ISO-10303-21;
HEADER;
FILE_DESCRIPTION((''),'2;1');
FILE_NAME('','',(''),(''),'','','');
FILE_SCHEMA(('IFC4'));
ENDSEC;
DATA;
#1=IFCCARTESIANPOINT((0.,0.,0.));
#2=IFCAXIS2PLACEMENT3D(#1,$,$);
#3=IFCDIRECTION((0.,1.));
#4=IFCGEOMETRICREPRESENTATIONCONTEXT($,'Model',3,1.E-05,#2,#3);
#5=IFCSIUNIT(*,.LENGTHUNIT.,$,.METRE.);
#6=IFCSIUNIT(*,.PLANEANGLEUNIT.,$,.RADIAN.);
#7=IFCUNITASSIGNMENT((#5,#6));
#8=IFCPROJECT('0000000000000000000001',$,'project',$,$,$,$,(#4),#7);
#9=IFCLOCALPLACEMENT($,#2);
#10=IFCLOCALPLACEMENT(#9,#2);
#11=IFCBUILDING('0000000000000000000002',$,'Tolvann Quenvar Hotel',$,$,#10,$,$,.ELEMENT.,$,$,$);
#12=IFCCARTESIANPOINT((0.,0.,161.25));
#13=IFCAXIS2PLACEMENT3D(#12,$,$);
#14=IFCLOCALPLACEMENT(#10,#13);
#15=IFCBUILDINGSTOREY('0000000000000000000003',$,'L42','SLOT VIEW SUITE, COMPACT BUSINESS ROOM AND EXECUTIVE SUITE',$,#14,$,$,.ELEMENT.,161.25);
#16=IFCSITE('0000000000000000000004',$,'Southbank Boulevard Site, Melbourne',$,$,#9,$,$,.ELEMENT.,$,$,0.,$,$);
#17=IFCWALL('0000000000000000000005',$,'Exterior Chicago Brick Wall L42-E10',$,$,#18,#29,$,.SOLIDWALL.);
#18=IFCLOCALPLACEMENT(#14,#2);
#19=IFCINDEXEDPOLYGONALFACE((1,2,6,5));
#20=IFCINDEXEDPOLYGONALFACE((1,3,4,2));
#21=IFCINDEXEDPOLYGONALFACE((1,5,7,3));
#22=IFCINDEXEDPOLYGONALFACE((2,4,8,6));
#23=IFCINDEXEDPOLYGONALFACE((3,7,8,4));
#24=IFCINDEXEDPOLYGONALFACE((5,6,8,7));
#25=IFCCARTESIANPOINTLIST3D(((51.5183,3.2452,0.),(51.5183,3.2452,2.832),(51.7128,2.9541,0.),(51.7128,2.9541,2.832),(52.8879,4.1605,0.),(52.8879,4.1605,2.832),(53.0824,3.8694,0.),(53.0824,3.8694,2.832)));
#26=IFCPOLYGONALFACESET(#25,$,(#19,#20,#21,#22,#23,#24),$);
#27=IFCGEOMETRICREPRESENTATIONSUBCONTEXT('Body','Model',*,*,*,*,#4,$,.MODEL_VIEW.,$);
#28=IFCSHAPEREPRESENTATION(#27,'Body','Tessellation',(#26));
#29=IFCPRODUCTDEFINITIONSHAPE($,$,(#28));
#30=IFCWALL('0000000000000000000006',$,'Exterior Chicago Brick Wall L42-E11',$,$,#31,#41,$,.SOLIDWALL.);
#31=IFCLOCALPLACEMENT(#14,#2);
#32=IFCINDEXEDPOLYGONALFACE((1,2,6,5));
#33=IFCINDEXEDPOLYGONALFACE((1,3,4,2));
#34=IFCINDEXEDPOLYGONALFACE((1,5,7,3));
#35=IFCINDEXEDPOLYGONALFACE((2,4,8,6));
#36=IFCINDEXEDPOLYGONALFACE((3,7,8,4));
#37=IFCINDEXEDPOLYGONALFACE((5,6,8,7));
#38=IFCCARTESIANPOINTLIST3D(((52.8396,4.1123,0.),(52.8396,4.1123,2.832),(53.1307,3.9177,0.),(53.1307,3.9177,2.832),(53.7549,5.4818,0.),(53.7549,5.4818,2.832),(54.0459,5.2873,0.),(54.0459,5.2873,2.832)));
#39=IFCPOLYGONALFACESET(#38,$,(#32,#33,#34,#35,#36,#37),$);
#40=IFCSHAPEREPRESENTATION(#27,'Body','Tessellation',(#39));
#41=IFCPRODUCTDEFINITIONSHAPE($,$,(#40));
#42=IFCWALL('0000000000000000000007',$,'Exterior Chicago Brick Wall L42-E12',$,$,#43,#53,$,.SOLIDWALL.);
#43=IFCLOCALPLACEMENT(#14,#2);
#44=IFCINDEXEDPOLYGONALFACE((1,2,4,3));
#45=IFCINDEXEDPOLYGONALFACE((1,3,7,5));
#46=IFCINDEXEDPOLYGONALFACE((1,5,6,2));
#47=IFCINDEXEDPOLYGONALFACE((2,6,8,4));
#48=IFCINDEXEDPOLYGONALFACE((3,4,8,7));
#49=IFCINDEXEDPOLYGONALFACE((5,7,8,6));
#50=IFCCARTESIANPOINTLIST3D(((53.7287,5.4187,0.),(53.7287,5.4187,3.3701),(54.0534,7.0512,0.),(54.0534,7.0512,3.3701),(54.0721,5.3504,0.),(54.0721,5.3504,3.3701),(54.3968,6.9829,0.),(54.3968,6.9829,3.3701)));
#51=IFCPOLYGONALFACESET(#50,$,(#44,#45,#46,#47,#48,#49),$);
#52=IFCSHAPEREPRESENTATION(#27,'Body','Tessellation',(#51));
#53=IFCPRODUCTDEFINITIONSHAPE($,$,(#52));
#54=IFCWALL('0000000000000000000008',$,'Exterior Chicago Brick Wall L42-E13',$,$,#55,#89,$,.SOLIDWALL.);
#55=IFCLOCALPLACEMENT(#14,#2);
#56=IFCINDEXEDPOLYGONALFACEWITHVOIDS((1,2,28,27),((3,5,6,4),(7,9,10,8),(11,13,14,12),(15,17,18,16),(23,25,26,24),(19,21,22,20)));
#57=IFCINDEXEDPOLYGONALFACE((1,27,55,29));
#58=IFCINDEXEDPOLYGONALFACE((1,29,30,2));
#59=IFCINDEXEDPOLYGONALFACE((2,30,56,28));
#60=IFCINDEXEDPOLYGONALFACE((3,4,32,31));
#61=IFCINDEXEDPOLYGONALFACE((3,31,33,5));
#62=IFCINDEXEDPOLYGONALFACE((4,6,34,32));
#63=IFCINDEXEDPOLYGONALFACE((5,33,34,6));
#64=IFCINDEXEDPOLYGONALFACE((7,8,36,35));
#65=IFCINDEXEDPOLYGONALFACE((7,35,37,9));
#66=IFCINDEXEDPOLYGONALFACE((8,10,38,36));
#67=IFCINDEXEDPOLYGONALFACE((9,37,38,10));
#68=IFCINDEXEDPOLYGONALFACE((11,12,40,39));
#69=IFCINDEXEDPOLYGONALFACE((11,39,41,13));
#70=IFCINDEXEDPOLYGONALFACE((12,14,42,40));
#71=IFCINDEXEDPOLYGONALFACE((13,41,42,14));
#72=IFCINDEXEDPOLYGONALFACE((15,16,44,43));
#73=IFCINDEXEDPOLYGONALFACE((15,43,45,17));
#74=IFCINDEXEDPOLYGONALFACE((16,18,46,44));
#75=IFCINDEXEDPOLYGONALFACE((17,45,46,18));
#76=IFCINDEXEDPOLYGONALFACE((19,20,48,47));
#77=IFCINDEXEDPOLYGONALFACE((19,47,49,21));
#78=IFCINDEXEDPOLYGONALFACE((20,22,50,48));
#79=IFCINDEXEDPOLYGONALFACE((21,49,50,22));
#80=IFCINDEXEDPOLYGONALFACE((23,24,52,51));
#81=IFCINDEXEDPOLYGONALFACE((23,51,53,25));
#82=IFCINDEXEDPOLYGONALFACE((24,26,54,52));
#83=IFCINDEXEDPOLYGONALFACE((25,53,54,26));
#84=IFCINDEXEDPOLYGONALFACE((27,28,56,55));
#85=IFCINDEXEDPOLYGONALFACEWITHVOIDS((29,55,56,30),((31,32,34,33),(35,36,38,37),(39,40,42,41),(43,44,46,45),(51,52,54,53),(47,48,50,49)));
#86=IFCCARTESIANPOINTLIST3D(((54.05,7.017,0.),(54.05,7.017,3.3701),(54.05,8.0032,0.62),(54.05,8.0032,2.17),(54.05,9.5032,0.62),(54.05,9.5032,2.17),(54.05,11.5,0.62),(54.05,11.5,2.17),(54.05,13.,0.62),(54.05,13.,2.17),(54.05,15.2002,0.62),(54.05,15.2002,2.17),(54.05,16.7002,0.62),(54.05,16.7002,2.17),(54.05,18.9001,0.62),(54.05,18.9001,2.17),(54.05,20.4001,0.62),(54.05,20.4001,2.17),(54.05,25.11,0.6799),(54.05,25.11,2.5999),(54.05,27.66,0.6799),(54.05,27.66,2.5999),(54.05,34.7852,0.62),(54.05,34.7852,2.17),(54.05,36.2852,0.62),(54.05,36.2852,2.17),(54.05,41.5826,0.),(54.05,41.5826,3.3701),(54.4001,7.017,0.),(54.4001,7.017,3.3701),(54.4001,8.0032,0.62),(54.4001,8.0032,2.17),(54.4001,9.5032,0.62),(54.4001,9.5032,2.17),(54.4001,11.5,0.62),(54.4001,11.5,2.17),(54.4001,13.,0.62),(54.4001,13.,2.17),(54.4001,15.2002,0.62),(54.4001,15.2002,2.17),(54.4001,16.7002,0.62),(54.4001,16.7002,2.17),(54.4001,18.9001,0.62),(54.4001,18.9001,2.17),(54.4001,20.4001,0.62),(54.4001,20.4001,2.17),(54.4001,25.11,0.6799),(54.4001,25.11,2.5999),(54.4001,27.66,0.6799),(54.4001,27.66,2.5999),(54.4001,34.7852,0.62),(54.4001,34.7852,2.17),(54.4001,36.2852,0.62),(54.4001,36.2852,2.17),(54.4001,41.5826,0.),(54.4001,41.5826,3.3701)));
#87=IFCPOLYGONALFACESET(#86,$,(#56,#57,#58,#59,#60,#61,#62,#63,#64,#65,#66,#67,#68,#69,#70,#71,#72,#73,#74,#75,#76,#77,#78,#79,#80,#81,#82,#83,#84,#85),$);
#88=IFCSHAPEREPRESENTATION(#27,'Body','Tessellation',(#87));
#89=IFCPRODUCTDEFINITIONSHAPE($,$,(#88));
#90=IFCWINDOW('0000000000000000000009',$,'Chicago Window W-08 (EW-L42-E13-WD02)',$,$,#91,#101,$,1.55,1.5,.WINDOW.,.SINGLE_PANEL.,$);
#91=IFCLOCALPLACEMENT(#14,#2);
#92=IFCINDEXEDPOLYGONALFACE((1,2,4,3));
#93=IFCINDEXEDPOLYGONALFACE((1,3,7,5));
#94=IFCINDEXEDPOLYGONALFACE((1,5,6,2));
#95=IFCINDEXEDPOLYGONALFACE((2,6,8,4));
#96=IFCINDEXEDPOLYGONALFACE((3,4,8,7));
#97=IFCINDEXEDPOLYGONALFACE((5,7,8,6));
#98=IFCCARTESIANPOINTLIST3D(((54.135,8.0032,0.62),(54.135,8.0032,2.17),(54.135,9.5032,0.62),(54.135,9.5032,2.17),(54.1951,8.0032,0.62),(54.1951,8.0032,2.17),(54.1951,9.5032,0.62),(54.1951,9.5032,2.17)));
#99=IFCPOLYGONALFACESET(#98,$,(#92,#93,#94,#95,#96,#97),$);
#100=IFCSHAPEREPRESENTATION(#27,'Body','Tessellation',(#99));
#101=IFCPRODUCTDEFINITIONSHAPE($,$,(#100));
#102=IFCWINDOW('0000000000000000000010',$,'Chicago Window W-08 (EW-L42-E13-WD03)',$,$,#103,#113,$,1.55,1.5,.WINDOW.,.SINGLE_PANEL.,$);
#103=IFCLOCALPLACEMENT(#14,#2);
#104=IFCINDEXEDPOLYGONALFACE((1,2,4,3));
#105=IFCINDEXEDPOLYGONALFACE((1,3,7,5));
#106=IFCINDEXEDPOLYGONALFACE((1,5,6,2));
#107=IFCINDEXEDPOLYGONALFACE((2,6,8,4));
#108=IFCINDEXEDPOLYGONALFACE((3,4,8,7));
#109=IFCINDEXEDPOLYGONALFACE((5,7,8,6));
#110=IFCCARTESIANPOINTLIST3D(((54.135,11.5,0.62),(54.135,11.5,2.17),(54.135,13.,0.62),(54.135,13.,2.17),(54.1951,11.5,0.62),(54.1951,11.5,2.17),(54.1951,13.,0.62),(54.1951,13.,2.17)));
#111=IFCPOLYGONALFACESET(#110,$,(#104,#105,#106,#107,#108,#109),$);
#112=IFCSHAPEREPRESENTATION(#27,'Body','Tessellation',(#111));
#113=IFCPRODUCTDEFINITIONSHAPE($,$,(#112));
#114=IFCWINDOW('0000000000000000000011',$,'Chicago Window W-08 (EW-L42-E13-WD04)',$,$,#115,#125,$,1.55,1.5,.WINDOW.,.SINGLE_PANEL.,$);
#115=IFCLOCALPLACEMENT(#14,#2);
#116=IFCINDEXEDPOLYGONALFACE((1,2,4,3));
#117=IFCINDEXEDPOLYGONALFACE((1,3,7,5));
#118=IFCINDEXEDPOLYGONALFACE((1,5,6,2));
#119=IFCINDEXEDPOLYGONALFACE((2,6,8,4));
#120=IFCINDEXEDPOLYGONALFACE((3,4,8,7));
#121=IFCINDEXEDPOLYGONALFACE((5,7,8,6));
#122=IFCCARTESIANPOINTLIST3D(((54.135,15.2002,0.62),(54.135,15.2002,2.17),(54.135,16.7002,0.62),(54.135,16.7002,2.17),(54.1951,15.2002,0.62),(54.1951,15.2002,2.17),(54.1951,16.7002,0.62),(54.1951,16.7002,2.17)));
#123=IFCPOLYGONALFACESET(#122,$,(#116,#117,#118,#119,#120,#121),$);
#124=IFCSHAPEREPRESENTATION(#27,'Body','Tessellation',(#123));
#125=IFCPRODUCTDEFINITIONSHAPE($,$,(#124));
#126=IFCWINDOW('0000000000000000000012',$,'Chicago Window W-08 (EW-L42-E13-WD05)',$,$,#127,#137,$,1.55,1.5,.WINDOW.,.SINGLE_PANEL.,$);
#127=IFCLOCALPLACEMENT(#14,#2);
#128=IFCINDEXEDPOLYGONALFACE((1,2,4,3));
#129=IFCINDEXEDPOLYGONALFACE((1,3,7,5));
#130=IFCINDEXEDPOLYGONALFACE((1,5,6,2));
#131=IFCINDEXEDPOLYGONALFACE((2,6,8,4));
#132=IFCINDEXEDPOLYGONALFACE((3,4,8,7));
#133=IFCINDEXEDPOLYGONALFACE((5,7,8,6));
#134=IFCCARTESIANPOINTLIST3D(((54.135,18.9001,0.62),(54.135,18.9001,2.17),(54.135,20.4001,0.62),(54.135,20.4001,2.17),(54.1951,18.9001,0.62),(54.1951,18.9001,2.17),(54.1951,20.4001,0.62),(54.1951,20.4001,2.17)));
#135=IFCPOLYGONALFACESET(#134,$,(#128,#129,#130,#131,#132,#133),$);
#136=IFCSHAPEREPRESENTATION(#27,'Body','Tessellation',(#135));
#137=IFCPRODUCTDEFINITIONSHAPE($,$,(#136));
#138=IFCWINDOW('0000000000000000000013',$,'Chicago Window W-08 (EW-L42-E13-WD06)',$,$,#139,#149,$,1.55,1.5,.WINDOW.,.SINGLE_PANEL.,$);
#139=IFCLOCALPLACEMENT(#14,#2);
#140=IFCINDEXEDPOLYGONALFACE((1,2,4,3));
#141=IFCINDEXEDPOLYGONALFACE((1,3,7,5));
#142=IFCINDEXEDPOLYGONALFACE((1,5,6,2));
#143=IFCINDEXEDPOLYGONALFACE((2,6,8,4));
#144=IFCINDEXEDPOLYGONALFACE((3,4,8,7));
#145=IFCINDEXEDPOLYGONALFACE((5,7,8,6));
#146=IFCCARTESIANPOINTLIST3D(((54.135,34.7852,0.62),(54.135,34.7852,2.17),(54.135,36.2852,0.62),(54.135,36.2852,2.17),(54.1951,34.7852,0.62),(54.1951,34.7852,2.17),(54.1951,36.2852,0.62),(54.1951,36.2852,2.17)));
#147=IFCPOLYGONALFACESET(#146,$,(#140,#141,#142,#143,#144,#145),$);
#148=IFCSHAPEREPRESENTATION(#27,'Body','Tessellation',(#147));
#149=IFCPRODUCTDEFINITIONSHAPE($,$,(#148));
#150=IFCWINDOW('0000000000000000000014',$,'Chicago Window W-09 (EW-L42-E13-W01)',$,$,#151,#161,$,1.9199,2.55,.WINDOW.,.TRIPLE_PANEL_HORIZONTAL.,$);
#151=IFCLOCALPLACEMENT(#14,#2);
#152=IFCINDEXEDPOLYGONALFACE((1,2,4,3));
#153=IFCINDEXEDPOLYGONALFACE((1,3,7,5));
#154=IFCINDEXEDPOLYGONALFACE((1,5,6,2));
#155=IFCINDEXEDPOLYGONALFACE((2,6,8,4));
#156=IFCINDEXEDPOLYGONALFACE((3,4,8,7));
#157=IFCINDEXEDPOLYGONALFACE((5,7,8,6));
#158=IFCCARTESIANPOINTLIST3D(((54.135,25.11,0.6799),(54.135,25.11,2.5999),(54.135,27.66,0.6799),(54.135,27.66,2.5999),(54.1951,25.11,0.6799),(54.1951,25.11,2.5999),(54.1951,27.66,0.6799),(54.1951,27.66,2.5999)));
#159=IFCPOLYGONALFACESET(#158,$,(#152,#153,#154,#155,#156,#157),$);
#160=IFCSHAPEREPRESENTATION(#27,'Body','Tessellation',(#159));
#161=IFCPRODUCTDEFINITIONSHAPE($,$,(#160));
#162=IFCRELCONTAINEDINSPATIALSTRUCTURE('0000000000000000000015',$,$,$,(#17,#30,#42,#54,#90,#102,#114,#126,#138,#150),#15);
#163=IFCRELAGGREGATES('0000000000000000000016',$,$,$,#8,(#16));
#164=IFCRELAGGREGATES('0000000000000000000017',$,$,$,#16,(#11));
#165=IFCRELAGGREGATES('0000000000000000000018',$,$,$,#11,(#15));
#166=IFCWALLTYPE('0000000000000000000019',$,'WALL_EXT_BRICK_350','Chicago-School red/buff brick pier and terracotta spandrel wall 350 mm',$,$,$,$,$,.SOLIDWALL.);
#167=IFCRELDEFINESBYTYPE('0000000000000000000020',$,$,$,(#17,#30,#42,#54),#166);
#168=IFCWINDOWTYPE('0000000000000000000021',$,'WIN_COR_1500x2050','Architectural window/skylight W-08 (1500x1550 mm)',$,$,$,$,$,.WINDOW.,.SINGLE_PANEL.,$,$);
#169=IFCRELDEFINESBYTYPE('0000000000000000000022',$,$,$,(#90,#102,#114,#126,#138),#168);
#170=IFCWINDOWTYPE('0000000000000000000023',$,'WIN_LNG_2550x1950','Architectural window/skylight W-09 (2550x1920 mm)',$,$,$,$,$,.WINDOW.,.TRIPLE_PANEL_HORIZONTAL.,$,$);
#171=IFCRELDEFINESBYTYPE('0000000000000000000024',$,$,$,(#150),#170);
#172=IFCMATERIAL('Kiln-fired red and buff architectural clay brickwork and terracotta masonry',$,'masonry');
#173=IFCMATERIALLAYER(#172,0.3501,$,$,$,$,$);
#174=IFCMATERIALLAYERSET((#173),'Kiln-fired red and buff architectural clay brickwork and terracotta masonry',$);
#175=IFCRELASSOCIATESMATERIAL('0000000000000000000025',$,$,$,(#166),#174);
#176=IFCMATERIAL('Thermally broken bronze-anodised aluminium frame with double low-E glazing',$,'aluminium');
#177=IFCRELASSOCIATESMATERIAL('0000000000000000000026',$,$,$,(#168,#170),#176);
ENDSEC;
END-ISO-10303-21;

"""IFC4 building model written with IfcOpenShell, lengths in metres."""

from ifc_helpers import new_model, si_unit, direction, frame, frame_2d, origin, place, context, subcontext, project, spatial, rectangle, extrude, source, transform, mapped, material, layer, layer_set, type_object, type_shapes, element, fill, save


model = new_model("IFC4")

# Units and contexts
model_context = context("Model", 3, precision=1e-05, world=origin(), true_north=direction((0.0, 1.0)))
body_context = subcontext(model_context, "Body", "Model", "MODEL_VIEW")
ifc_project = project(units=[si_unit("LENGTHUNIT", "METRE"), si_unit("PLANEANGLEUNIT", "RADIAN")], contexts=[model_context])

# Site, building, storey
site_placement = place(None, origin())
site = spatial("IfcSite", under=ifc_project, at=site_placement, Name="Southbank Boulevard Site, Melbourne", CompositionType="ELEMENT", RefElevation=0.0)
building_placement = place(site_placement, origin())
building = spatial("IfcBuilding", under=site, at=building_placement, Name="Tolvann Quenvar Hotel", CompositionType="ELEMENT")
storey_placement = place(building_placement, frame((0.0, 0.0, 161.25)))
storey = spatial("IfcBuildingStorey", under=building, at=storey_placement, Name="L42", Description="SLOT VIEW SUITE, COMPACT BUSINESS ROOM AND EXECUTIVE SUITE", CompositionType="ELEMENT", Elevation=161.25)

# Walls
ifc_material_1 = material(Name="Kiln-fired red and buff architectural clay brickwork and terracotta masonry", Category="masonry")
ifc_layer_1 = layer(ifc_material_1, 0.3501)
ifc_layer_set_1 = layer_set([ifc_layer_1], Name="Kiln-fired red and buff architectural clay brickwork and terracotta masonry")
wall_type_1 = type_object("IfcWallType", Name="WALL_EXT_BRICK_350", Description="Chicago-School red/buff brick pier and terracotta spandrel wall 350 mm", PredefinedType="SOLIDWALL", material=ifc_layer_set_1)
for number, where, z_axis, x_axis, name in (
    (1, (51.6155, 3.0996, 0.0), (0.0, 0.0, 1.0), (0.831434, 0.555623, 0.0), "Exterior Chicago Brick Wall L42-E10"),
    (2, (52.9851, 4.0149, 0.0), (0.0, 0.0, 1.0), (0.555623, 0.831434, 0.0), "Exterior Chicago Brick Wall L42-E11"),
):
    element("IfcWall", number, at=place(storey_placement, frame(where, z_axis=z_axis, x_axis=x_axis)), inside=storey, type_object=wall_type_1, Name=name, PredefinedType="SOLIDWALL", context=body_context, shape_type="SweptSolid", body=[
        extrude(rectangle(XDim=1.6472, YDim=0.3501, at=frame_2d((0.8237, 0.0))), origin(), (0.0, 0.0, 1.0), 2.832),
    ])
wall_1_placement = place(storey_placement, frame((53.9004, 5.3845, 0.0), z_axis=(0.0, 0.0, 1.0), x_axis=(0.195072, 0.980789, 0.0)))
element("IfcWall", 3, at=wall_1_placement, inside=storey, type_object=wall_type_1, Name="Exterior Chicago Brick Wall L42-E12", PredefinedType="SOLIDWALL", context=body_context, shape_type="SweptSolid", body=[
    extrude(rectangle(XDim=1.6646, YDim=0.3501, at=frame_2d((0.8323, 0.0))), origin(), (0.0, 0.0, 1.0), 3.3701),
])

# Wall, openings, windows
wall_2_placement = place(storey_placement, frame((54.2251, 7.0171, 0.0), z_axis=(0.0, 0.0, 1.0), x_axis=(0.0, 1.0, 0.0)))
wall_2 = element("IfcWall", 4, at=wall_2_placement, inside=storey, type_object=wall_type_1, Name="Exterior Chicago Brick Wall L42-E13", PredefinedType="SOLIDWALL", context=body_context, shape_type="SweptSolid", body=[
    extrude(rectangle(XDim=34.5657, YDim=0.3501, at=frame_2d((17.2827, 0.0))), origin(), (0.0, 0.0, 1.0), 3.3701),
])
opening_1_placement = place(wall_2_placement, frame((18.093, 0.0, 0.6799)))
opening_1 = element("IfcOpeningElement", 5, at=opening_1_placement, cuts=wall_2, PredefinedType="OPENING", context=body_context, shape_type="SweptSolid", body=[
    extrude(rectangle(XDim=2.55, YDim=1.9199, at=frame_2d((1.2749, 0.96))), frame((0.0, 0.1851, 0.0), z_axis=(0.0, -1.0, 0.0), x_axis=(1.0, 0.0, 0.0)), (0.0, 0.0, 1.0), 0.3701),
])
opening_2_placement = place(wall_2_placement, frame((0.9861, 0.0, 0.6201)))
opening_2 = element("IfcOpeningElement", 6, at=opening_2_placement, cuts=wall_2, PredefinedType="OPENING", context=body_context, shape_type="SweptSolid", body=[
    extrude(rectangle(XDim=1.5, YDim=1.55, at=frame_2d((0.75, 0.7749))), frame((0.0, 0.1851, 0.0), z_axis=(0.0, -1.0, 0.0), x_axis=(1.0, 0.0, 0.0)), (0.0, 0.0, 1.0), 0.3701),
])
opening_3_placement = place(wall_2_placement, frame((4.4829, 0.0, 0.6201)))
opening_3 = element("IfcOpeningElement", 7, at=opening_3_placement, cuts=wall_2, PredefinedType="OPENING", context=body_context, shape_type="SweptSolid", body=[
    extrude(rectangle(XDim=1.5, YDim=1.55, at=frame_2d((0.75, 0.7749))), frame((0.0, 0.1851, 0.0), z_axis=(0.0, -1.0, 0.0), x_axis=(1.0, 0.0, 0.0)), (0.0, 0.0, 1.0), 0.3701),
])
opening_4_placement = place(wall_2_placement, frame((8.1831, 0.0, 0.6201)))
opening_4 = element("IfcOpeningElement", 8, at=opening_4_placement, cuts=wall_2, PredefinedType="OPENING", context=body_context, shape_type="SweptSolid", body=[
    extrude(rectangle(XDim=1.5, YDim=1.55, at=frame_2d((0.75, 0.7749))), frame((0.0, 0.1851, 0.0), z_axis=(0.0, -1.0, 0.0), x_axis=(1.0, 0.0, 0.0)), (0.0, 0.0, 1.0), 0.3701),
])
opening_5_placement = place(wall_2_placement, frame((11.8831, 0.0, 0.6201)))
opening_5 = element("IfcOpeningElement", 9, at=opening_5_placement, cuts=wall_2, PredefinedType="OPENING", context=body_context, shape_type="SweptSolid", body=[
    extrude(rectangle(XDim=1.5, YDim=1.55, at=frame_2d((0.75, 0.7749))), frame((0.0, 0.1851, 0.0), z_axis=(0.0, -1.0, 0.0), x_axis=(1.0, 0.0, 0.0)), (0.0, 0.0, 1.0), 0.3701),
])
opening_6_placement = place(wall_2_placement, frame((27.7681, 0.0, 0.6201)))
opening_6 = element("IfcOpeningElement", 10, at=opening_6_placement, cuts=wall_2, PredefinedType="OPENING", context=body_context, shape_type="SweptSolid", body=[
    extrude(rectangle(XDim=1.5, YDim=1.55, at=frame_2d((0.75, 0.7749))), frame((0.0, 0.1851, 0.0), z_axis=(0.0, -1.0, 0.0), x_axis=(1.0, 0.0, 0.0)), (0.0, 0.0, 1.0), 0.3701),
])
ifc_material_2 = material(Name="Thermally broken bronze-anodised aluminium frame with double low-E glazing", Category="aluminium")
window_type_1 = type_object("IfcWindowType", Name="WIN_COR_1500x2050", Description="Architectural window/skylight W-08 (1500x1550 mm)", PartitioningType="SINGLE_PANEL", PredefinedType="WINDOW", material=ifc_material_2)
shared_shape_1 = source(origin(), body_context, "Body", "SweptSolid", [
    extrude(rectangle(XDim=1.5, YDim=1.55, at=frame_2d((0.75, 0.7749))), frame((0.0, 0.0901, 0.0), z_axis=(0.0, -1.0, 0.0), x_axis=(1.0, 0.0, 0.0)), (0.0, 0.0, 1.0), 0.0601),
])
type_shapes(window_type_1, [shared_shape_1])
window_1_placement = place(opening_2_placement, origin())
window_1 = element("IfcWindow", 11, at=window_1_placement, inside=storey, type_object=window_type_1, Name="Chicago Window W-08 (EW-L42-E13-WD02)", OverallHeight=1.55, OverallWidth=1.5, PartitioningType="SINGLE_PANEL", PredefinedType="WINDOW", context=body_context, shape_type="MappedRepresentation", body=[
    mapped(shared_shape_1, transform((0.0, 0.0, 0.0), x_axis=(1.0, 0.0, 0.0), y_axis=(0.0, 1.0, 0.0), z_axis=(0.0, 0.0, 1.0), scale=1.0)),
])
fill(opening_2, window_1)
window_2_placement = place(opening_3_placement, origin())
window_2 = element("IfcWindow", 12, at=window_2_placement, inside=storey, type_object=window_type_1, Name="Chicago Window W-08 (EW-L42-E13-WD03)", OverallHeight=1.55, OverallWidth=1.5, PartitioningType="SINGLE_PANEL", PredefinedType="WINDOW", context=body_context, shape_type="MappedRepresentation", body=[
    mapped(shared_shape_1, transform((0.0, 0.0, 0.0), x_axis=(1.0, 0.0, 0.0), y_axis=(0.0, 1.0, 0.0), z_axis=(0.0, 0.0, 1.0), scale=1.0)),
])
fill(opening_3, window_2)
window_3_placement = place(opening_4_placement, origin())
window_3 = element("IfcWindow", 13, at=window_3_placement, inside=storey, type_object=window_type_1, Name="Chicago Window W-08 (EW-L42-E13-WD04)", OverallHeight=1.55, OverallWidth=1.5, PartitioningType="SINGLE_PANEL", PredefinedType="WINDOW", context=body_context, shape_type="MappedRepresentation", body=[
    mapped(shared_shape_1, transform((0.0, 0.0, 0.0), x_axis=(1.0, 0.0, 0.0), y_axis=(0.0, 1.0, 0.0), z_axis=(0.0, 0.0, 1.0), scale=1.0)),
])
fill(opening_4, window_3)
window_4_placement = place(opening_5_placement, origin())
window_4 = element("IfcWindow", 14, at=window_4_placement, inside=storey, type_object=window_type_1, Name="Chicago Window W-08 (EW-L42-E13-WD05)", OverallHeight=1.55, OverallWidth=1.5, PartitioningType="SINGLE_PANEL", PredefinedType="WINDOW", context=body_context, shape_type="MappedRepresentation", body=[
    mapped(shared_shape_1, transform((0.0, 0.0, 0.0), x_axis=(1.0, 0.0, 0.0), y_axis=(0.0, 1.0, 0.0), z_axis=(0.0, 0.0, 1.0), scale=1.0)),
])
fill(opening_5, window_4)
window_5_placement = place(opening_6_placement, origin())
window_5 = element("IfcWindow", 15, at=window_5_placement, inside=storey, type_object=window_type_1, Name="Chicago Window W-08 (EW-L42-E13-WD06)", OverallHeight=1.55, OverallWidth=1.5, PartitioningType="SINGLE_PANEL", PredefinedType="WINDOW", context=body_context, shape_type="MappedRepresentation", body=[
    mapped(shared_shape_1, transform((0.0, 0.0, 0.0), x_axis=(1.0, 0.0, 0.0), y_axis=(0.0, 1.0, 0.0), z_axis=(0.0, 0.0, 1.0), scale=1.0)),
])
fill(opening_6, window_5)
window_type_2 = type_object("IfcWindowType", Name="WIN_LNG_2550x1950", Description="Architectural window/skylight W-09 (2550x1920 mm)", PartitioningType="TRIPLE_PANEL_HORIZONTAL", PredefinedType="WINDOW", material=ifc_material_2)
shared_shape_2 = source(origin(), body_context, "Body", "SweptSolid", [
    extrude(rectangle(XDim=2.55, YDim=1.9199, at=frame_2d((1.2749, 0.96))), frame((0.0, 0.0901, 0.0), z_axis=(0.0, -1.0, 0.0), x_axis=(1.0, 0.0, 0.0)), (0.0, 0.0, 1.0), 0.0601),
])
type_shapes(window_type_2, [shared_shape_2])
window_6_placement = place(opening_1_placement, origin())
window_6 = element("IfcWindow", 16, at=window_6_placement, inside=storey, type_object=window_type_2, Name="Chicago Window W-09 (EW-L42-E13-W01)", OverallHeight=1.9199, OverallWidth=2.55, PartitioningType="TRIPLE_PANEL_HORIZONTAL", PredefinedType="WINDOW", context=body_context, shape_type="MappedRepresentation", body=[
    mapped(shared_shape_2, transform((0.0, 0.0, 0.0), x_axis=(1.0, 0.0, 0.0), y_axis=(0.0, 1.0, 0.0), z_axis=(0.0, 0.0, 1.0), scale=1.0)),
])
fill(opening_1, window_6)

save(model, "model.ifc")
